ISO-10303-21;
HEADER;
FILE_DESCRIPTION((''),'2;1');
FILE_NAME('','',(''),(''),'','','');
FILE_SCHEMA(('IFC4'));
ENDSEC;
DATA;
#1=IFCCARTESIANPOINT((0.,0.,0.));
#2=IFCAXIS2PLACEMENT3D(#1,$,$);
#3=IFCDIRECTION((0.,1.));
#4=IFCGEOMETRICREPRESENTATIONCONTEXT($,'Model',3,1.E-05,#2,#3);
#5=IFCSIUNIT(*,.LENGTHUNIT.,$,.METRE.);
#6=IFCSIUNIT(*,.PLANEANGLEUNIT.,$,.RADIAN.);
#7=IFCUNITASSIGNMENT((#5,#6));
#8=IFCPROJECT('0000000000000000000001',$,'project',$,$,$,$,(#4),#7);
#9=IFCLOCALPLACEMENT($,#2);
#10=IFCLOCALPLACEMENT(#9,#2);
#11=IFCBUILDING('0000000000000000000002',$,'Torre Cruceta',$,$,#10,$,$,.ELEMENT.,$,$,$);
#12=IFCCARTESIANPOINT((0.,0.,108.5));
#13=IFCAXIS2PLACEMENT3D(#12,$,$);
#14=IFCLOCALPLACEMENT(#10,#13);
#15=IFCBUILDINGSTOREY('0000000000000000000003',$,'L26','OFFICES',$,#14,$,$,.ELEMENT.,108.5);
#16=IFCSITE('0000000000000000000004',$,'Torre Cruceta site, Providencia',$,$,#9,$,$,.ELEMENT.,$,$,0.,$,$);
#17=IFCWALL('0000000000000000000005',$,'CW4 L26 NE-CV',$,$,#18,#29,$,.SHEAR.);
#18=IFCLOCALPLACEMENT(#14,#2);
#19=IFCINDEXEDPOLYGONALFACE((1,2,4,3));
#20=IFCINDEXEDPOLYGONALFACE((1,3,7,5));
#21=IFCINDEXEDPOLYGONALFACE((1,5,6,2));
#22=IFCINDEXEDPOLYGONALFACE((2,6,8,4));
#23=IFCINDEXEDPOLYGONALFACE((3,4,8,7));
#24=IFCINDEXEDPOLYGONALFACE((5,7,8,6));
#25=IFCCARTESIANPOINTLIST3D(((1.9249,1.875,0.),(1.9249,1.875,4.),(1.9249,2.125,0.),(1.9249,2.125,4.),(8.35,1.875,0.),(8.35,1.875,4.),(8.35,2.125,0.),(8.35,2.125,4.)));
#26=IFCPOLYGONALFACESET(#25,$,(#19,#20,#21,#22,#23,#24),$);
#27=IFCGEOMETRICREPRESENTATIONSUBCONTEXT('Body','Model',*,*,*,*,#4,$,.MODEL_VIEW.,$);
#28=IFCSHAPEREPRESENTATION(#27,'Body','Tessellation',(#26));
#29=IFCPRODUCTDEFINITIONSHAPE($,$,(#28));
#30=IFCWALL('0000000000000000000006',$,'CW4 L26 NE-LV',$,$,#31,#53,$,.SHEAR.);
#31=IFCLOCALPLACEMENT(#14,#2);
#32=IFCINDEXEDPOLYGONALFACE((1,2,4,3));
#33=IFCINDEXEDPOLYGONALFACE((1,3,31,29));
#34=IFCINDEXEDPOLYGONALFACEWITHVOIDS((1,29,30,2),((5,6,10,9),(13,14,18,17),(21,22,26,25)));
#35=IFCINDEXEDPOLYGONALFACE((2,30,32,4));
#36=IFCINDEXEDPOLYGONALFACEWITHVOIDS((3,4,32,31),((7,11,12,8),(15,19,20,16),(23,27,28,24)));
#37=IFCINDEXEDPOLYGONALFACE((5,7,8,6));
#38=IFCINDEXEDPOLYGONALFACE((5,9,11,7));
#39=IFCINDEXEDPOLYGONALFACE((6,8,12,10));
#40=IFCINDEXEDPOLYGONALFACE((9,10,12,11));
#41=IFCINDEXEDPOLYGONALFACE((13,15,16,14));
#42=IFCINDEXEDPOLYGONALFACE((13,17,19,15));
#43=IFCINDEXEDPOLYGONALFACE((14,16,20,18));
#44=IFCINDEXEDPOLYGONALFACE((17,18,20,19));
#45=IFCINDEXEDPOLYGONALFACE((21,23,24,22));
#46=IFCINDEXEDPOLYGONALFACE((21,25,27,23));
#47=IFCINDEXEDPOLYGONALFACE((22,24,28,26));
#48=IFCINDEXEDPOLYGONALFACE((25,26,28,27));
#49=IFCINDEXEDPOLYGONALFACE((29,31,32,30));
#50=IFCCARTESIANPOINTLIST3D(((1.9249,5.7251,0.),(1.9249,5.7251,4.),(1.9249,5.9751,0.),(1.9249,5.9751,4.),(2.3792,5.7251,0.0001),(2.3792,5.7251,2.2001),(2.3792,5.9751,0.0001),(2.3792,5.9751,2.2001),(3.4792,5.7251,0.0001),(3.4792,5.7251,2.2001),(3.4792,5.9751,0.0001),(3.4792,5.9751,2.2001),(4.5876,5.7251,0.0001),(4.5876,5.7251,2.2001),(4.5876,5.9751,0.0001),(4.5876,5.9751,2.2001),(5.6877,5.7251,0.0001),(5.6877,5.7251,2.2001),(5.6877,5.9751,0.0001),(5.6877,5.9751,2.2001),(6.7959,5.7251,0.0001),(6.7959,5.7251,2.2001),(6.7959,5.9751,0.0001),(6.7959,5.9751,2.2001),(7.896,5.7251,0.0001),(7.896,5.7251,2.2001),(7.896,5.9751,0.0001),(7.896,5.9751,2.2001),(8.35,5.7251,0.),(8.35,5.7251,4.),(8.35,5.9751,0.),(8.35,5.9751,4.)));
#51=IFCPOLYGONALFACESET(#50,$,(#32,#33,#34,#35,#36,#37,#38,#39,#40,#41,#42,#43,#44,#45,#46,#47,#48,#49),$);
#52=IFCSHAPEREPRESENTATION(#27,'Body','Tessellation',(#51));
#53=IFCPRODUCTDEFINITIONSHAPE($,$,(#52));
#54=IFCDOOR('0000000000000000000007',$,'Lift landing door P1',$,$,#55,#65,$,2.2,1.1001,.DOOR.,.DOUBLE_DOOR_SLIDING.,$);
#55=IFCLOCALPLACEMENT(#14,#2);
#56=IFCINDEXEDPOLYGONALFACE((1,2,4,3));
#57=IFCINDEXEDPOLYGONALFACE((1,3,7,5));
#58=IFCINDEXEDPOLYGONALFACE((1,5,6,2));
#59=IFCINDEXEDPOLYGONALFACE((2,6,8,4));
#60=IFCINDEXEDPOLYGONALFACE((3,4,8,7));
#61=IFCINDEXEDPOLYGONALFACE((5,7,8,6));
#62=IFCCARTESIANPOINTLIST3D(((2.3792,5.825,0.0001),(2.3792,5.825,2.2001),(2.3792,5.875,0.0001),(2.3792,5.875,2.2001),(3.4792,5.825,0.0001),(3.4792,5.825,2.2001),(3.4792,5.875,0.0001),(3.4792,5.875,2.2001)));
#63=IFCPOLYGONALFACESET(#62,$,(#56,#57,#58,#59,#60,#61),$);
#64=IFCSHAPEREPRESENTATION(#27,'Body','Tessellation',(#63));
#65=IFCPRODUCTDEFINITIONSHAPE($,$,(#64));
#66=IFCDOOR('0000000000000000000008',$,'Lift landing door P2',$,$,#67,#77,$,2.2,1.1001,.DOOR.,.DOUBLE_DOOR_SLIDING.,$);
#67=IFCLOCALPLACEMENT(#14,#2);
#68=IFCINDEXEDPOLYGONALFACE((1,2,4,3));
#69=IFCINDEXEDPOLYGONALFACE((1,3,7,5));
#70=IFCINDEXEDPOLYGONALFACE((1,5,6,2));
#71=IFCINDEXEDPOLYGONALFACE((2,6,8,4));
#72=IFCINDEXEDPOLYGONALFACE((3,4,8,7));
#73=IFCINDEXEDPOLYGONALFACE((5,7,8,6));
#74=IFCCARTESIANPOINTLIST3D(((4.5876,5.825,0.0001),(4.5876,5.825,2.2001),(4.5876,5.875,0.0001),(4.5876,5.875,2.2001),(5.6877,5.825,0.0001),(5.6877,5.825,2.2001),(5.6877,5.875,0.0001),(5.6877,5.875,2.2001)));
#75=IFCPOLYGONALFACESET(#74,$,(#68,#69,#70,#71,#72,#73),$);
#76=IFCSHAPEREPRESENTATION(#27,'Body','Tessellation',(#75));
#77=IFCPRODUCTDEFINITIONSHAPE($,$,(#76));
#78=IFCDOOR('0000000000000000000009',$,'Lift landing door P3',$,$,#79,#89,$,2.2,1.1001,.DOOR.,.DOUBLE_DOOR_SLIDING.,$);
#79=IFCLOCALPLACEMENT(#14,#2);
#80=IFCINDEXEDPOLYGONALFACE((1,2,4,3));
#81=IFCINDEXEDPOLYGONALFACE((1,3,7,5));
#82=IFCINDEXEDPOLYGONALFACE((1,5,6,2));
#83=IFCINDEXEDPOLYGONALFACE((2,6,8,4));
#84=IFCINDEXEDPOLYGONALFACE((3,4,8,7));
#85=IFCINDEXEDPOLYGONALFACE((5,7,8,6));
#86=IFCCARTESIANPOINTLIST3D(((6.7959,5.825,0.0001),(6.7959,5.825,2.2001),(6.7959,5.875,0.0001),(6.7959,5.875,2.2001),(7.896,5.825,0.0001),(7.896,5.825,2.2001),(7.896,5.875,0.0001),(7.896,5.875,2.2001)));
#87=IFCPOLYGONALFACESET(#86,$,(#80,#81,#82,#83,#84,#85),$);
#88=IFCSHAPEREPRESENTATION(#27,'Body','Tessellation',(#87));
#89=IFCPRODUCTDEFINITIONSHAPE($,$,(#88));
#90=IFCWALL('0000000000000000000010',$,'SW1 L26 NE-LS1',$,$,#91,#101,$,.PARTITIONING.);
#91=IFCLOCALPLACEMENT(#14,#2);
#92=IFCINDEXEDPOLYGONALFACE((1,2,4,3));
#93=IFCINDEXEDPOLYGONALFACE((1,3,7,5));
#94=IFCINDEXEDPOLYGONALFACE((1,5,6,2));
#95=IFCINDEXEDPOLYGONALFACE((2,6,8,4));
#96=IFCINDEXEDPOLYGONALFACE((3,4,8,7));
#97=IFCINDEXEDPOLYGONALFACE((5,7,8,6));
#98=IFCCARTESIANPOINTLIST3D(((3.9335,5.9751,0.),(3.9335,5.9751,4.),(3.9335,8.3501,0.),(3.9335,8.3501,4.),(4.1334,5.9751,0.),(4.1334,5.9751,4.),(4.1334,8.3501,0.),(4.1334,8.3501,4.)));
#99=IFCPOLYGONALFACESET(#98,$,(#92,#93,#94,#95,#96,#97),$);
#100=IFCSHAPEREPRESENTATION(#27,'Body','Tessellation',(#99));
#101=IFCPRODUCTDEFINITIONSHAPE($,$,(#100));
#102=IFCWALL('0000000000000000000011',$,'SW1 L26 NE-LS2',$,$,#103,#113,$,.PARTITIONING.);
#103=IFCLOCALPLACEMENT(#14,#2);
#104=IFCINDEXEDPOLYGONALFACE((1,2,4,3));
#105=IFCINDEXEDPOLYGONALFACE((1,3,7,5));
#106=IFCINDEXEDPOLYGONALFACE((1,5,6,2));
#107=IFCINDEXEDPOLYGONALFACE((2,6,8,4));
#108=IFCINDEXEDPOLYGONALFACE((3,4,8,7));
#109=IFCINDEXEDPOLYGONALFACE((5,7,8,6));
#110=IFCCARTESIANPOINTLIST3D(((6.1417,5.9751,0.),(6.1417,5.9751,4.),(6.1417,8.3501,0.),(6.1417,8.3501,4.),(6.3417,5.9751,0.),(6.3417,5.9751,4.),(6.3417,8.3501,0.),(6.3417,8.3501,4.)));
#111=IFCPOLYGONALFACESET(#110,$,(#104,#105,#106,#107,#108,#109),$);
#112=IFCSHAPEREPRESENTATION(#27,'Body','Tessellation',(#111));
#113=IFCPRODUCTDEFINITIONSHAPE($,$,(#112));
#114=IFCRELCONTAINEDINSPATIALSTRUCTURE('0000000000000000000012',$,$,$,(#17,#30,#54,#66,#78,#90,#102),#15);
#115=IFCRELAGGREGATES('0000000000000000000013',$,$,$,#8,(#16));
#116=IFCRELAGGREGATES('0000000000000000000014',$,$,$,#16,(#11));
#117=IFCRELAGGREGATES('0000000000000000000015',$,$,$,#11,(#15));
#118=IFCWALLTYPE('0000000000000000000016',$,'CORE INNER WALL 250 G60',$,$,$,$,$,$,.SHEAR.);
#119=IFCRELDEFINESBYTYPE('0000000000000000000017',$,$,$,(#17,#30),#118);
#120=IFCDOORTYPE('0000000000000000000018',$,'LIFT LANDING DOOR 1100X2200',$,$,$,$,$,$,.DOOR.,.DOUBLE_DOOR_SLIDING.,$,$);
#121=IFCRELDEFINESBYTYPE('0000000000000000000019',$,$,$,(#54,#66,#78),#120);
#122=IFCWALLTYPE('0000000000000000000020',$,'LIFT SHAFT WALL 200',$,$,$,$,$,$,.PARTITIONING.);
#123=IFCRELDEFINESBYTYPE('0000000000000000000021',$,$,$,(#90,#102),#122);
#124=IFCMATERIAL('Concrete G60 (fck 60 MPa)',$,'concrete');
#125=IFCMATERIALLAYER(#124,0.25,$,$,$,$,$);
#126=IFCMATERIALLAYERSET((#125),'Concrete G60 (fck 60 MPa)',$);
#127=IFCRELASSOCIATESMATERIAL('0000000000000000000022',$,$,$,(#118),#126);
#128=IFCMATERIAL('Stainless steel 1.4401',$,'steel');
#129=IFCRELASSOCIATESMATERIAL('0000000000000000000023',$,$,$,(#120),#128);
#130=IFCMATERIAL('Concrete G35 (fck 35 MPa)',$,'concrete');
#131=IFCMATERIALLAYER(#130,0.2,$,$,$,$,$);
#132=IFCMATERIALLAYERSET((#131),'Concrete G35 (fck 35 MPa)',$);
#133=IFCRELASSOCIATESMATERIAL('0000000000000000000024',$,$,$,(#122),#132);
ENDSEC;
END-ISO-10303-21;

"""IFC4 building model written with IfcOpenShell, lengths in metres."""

from ifc_helpers import new_model, si_unit, direction, frame, frame_2d, origin, place, context, subcontext, project, spatial, rectangle, extrude, material, layer, layer_set, type_object, element, fill, save


model = new_model("IFC4")

# Units and contexts
model_context = context("Model", 3, precision=1e-05, world=origin(), true_north=direction((0.0, 1.0)))
body_context = subcontext(model_context, "Body", "Model", "MODEL_VIEW")
ifc_project = project(units=[si_unit("LENGTHUNIT", "METRE"), si_unit("PLANEANGLEUNIT", "RADIAN")], contexts=[model_context])

# Site, building, storey
site_placement = place(None, origin())
site = spatial("IfcSite", under=ifc_project, at=site_placement, Name="Torre Cruceta site, Providencia", CompositionType="ELEMENT", RefElevation=0.0)
building_placement = place(site_placement, origin())
building = spatial("IfcBuilding", under=site, at=building_placement, Name="Torre Cruceta", CompositionType="ELEMENT")
storey_placement = place(building_placement, frame((0.0, 0.0, 108.5)))
storey = spatial("IfcBuildingStorey", under=building, at=storey_placement, Name="L26", Description="OFFICES", CompositionType="ELEMENT", Elevation=108.5)

# Wall
ifc_material_1 = material(Name="Concrete G60 (fck 60 MPa)", Category="concrete")
ifc_layer_1 = layer(ifc_material_1, 0.25)
ifc_layer_set_1 = layer_set([ifc_layer_1], Name="Concrete G60 (fck 60 MPa)")
wall_type_1 = type_object("IfcWallType", Name="CORE INNER WALL 250 G60", PredefinedType="SHEAR", material=ifc_layer_set_1)
wall_1_placement = place(storey_placement, frame((1.925, 2.0, 0.0), z_axis=(0.0, 0.0, 1.0), x_axis=(1.0, 0.0, 0.0)))
element("IfcWall", 1, at=wall_1_placement, inside=storey, type_object=wall_type_1, Name="CW4 L26 NE-CV", PredefinedType="SHEAR", context=body_context, shape_type="SweptSolid", body=[
    extrude(rectangle(XDim=6.425, YDim=0.25, at=frame_2d((3.2124, 0.0))), origin(), (0.0, 0.0, 1.0), 4.0),
])

# Wall, openings, doors
wall_2_placement = place(storey_placement, frame((1.925, 5.8501, 0.0), z_axis=(0.0, 0.0, 1.0), x_axis=(1.0, 0.0, 0.0)))
wall_2 = element("IfcWall", 2, at=wall_2_placement, inside=storey, type_object=wall_type_1, Name="CW4 L26 NE-LV", PredefinedType="SHEAR", context=body_context, shape_type="SweptSolid", body=[
    extrude(rectangle(XDim=6.425, YDim=0.25, at=frame_2d((3.2124, 0.0))), origin(), (0.0, 0.0, 1.0), 4.0),
])
opening_1_placement = place(wall_2_placement, frame((0.4541, 0.0, 0.0)))
opening_1 = element("IfcOpeningElement", 3, at=opening_1_placement, cuts=wall_2, PredefinedType="OPENING", context=body_context, shape_type="SweptSolid", body=[
    extrude(rectangle(XDim=1.1001, YDim=2.2, at=frame_2d((0.55, 1.1001))), frame((0.0, 0.135, 0.0), z_axis=(0.0, -1.0, 0.0), x_axis=(1.0, 0.0, 0.0)), (0.0, 0.0, 1.0), 0.27),
])
opening_2_placement = place(wall_2_placement, frame((2.6626, 0.0, 0.0)))
opening_2 = element("IfcOpeningElement", 4, at=opening_2_placement, cuts=wall_2, PredefinedType="OPENING", context=body_context, shape_type="SweptSolid", body=[
    extrude(rectangle(XDim=1.1001, YDim=2.2, at=frame_2d((0.55, 1.1001))), frame((0.0, 0.135, 0.0), z_axis=(0.0, -1.0, 0.0), x_axis=(1.0, 0.0, 0.0)), (0.0, 0.0, 1.0), 0.27),
])
opening_3_placement = place(wall_2_placement, frame((4.8708, 0.0, 0.0)))
opening_3 = element("IfcOpeningElement", 5, at=opening_3_placement, cuts=wall_2, PredefinedType="OPENING", context=body_context, shape_type="SweptSolid", body=[
    extrude(rectangle(XDim=1.1001, YDim=2.2, at=frame_2d((0.55, 1.1001))), frame((0.0, 0.135, 0.0), z_axis=(0.0, -1.0, 0.0), x_axis=(1.0, 0.0, 0.0)), (0.0, 0.0, 1.0), 0.27),
])
ifc_material_2 = material(Name="Stainless steel 1.4401", Category="steel")
door_type_1 = type_object("IfcDoorType", Name="LIFT LANDING DOOR 1100X2200", OperationType="DOUBLE_DOOR_SLIDING", PredefinedType="DOOR", material=ifc_material_2)
door_1_placement = place(opening_1_placement, origin())
door_1 = element("IfcDoor", 6, at=door_1_placement, inside=storey, type_object=door_type_1, Name="Lift landing door P1", OperationType="DOUBLE_DOOR_SLIDING", OverallHeight=2.2, OverallWidth=1.1001, PredefinedType="DOOR", context=body_context, shape_type="SweptSolid", body=[
    extrude(rectangle(XDim=1.1001, YDim=2.2, at=frame_2d((0.55, 1.1001))), frame((0.0, 0.0249, 0.0), z_axis=(0.0, -1.0, 0.0), x_axis=(1.0, 0.0, 0.0)), (0.0, 0.0, 1.0), 0.05),
])
fill(opening_1, door_1)
door_2_placement = place(opening_2_placement, origin())
door_2 = element("IfcDoor", 7, at=door_2_placement, inside=storey, type_object=door_type_1, Name="Lift landing door P2", OperationType="DOUBLE_DOOR_SLIDING", OverallHeight=2.2, OverallWidth=1.1001, PredefinedType="DOOR", context=body_context, shape_type="SweptSolid", body=[
    extrude(rectangle(XDim=1.1001, YDim=2.2, at=frame_2d((0.55, 1.1001))), frame((0.0, 0.0249, 0.0), z_axis=(0.0, -1.0, 0.0), x_axis=(1.0, 0.0, 0.0)), (0.0, 0.0, 1.0), 0.05),
])
fill(opening_2, door_2)
door_3_placement = place(opening_3_placement, origin())
door_3 = element("IfcDoor", 8, at=door_3_placement, inside=storey, type_object=door_type_1, Name="Lift landing door P3", OperationType="DOUBLE_DOOR_SLIDING", OverallHeight=2.2, OverallWidth=1.1001, PredefinedType="DOOR", context=body_context, shape_type="SweptSolid", body=[
    extrude(rectangle(XDim=1.1001, YDim=2.2, at=frame_2d((0.55, 1.1001))), frame((0.0, 0.0249, 0.0), z_axis=(0.0, -1.0, 0.0), x_axis=(1.0, 0.0, 0.0)), (0.0, 0.0, 1.0), 0.05),
])
fill(opening_3, door_3)

# Walls
ifc_material_3 = material(Name="Concrete G35 (fck 35 MPa)", Category="concrete")
ifc_layer_2 = layer(ifc_material_3, 0.2)
ifc_layer_set_2 = layer_set([ifc_layer_2], Name="Concrete G35 (fck 35 MPa)")
wall_type_2 = type_object("IfcWallType", Name="LIFT SHAFT WALL 200", PredefinedType="PARTITIONING", material=ifc_layer_set_2)
for number, where, z_axis, x_axis, name in (
    (9, (4.0334, 5.9751, 0.0), (0.0, 0.0, 1.0), (0.0, 1.0, 0.0), "SW1 L26 NE-LS1"),
    (10, (6.2417, 5.9751, 0.0), (0.0, 0.0, 1.0), (0.0, 1.0, 0.0), "SW1 L26 NE-LS2"),
):
    element("IfcWall", number, at=place(storey_placement, frame(where, z_axis=z_axis, x_axis=x_axis)), inside=storey, type_object=wall_type_2, Name=name, PredefinedType="PARTITIONING", context=body_context, shape_type="SweptSolid", body=[
        extrude(rectangle(XDim=2.375, YDim=0.2, at=frame_2d((1.1875, 0.0))), origin(), (0.0, 0.0, 1.0), 4.0),
    ])

save(model, "model.ifc")
